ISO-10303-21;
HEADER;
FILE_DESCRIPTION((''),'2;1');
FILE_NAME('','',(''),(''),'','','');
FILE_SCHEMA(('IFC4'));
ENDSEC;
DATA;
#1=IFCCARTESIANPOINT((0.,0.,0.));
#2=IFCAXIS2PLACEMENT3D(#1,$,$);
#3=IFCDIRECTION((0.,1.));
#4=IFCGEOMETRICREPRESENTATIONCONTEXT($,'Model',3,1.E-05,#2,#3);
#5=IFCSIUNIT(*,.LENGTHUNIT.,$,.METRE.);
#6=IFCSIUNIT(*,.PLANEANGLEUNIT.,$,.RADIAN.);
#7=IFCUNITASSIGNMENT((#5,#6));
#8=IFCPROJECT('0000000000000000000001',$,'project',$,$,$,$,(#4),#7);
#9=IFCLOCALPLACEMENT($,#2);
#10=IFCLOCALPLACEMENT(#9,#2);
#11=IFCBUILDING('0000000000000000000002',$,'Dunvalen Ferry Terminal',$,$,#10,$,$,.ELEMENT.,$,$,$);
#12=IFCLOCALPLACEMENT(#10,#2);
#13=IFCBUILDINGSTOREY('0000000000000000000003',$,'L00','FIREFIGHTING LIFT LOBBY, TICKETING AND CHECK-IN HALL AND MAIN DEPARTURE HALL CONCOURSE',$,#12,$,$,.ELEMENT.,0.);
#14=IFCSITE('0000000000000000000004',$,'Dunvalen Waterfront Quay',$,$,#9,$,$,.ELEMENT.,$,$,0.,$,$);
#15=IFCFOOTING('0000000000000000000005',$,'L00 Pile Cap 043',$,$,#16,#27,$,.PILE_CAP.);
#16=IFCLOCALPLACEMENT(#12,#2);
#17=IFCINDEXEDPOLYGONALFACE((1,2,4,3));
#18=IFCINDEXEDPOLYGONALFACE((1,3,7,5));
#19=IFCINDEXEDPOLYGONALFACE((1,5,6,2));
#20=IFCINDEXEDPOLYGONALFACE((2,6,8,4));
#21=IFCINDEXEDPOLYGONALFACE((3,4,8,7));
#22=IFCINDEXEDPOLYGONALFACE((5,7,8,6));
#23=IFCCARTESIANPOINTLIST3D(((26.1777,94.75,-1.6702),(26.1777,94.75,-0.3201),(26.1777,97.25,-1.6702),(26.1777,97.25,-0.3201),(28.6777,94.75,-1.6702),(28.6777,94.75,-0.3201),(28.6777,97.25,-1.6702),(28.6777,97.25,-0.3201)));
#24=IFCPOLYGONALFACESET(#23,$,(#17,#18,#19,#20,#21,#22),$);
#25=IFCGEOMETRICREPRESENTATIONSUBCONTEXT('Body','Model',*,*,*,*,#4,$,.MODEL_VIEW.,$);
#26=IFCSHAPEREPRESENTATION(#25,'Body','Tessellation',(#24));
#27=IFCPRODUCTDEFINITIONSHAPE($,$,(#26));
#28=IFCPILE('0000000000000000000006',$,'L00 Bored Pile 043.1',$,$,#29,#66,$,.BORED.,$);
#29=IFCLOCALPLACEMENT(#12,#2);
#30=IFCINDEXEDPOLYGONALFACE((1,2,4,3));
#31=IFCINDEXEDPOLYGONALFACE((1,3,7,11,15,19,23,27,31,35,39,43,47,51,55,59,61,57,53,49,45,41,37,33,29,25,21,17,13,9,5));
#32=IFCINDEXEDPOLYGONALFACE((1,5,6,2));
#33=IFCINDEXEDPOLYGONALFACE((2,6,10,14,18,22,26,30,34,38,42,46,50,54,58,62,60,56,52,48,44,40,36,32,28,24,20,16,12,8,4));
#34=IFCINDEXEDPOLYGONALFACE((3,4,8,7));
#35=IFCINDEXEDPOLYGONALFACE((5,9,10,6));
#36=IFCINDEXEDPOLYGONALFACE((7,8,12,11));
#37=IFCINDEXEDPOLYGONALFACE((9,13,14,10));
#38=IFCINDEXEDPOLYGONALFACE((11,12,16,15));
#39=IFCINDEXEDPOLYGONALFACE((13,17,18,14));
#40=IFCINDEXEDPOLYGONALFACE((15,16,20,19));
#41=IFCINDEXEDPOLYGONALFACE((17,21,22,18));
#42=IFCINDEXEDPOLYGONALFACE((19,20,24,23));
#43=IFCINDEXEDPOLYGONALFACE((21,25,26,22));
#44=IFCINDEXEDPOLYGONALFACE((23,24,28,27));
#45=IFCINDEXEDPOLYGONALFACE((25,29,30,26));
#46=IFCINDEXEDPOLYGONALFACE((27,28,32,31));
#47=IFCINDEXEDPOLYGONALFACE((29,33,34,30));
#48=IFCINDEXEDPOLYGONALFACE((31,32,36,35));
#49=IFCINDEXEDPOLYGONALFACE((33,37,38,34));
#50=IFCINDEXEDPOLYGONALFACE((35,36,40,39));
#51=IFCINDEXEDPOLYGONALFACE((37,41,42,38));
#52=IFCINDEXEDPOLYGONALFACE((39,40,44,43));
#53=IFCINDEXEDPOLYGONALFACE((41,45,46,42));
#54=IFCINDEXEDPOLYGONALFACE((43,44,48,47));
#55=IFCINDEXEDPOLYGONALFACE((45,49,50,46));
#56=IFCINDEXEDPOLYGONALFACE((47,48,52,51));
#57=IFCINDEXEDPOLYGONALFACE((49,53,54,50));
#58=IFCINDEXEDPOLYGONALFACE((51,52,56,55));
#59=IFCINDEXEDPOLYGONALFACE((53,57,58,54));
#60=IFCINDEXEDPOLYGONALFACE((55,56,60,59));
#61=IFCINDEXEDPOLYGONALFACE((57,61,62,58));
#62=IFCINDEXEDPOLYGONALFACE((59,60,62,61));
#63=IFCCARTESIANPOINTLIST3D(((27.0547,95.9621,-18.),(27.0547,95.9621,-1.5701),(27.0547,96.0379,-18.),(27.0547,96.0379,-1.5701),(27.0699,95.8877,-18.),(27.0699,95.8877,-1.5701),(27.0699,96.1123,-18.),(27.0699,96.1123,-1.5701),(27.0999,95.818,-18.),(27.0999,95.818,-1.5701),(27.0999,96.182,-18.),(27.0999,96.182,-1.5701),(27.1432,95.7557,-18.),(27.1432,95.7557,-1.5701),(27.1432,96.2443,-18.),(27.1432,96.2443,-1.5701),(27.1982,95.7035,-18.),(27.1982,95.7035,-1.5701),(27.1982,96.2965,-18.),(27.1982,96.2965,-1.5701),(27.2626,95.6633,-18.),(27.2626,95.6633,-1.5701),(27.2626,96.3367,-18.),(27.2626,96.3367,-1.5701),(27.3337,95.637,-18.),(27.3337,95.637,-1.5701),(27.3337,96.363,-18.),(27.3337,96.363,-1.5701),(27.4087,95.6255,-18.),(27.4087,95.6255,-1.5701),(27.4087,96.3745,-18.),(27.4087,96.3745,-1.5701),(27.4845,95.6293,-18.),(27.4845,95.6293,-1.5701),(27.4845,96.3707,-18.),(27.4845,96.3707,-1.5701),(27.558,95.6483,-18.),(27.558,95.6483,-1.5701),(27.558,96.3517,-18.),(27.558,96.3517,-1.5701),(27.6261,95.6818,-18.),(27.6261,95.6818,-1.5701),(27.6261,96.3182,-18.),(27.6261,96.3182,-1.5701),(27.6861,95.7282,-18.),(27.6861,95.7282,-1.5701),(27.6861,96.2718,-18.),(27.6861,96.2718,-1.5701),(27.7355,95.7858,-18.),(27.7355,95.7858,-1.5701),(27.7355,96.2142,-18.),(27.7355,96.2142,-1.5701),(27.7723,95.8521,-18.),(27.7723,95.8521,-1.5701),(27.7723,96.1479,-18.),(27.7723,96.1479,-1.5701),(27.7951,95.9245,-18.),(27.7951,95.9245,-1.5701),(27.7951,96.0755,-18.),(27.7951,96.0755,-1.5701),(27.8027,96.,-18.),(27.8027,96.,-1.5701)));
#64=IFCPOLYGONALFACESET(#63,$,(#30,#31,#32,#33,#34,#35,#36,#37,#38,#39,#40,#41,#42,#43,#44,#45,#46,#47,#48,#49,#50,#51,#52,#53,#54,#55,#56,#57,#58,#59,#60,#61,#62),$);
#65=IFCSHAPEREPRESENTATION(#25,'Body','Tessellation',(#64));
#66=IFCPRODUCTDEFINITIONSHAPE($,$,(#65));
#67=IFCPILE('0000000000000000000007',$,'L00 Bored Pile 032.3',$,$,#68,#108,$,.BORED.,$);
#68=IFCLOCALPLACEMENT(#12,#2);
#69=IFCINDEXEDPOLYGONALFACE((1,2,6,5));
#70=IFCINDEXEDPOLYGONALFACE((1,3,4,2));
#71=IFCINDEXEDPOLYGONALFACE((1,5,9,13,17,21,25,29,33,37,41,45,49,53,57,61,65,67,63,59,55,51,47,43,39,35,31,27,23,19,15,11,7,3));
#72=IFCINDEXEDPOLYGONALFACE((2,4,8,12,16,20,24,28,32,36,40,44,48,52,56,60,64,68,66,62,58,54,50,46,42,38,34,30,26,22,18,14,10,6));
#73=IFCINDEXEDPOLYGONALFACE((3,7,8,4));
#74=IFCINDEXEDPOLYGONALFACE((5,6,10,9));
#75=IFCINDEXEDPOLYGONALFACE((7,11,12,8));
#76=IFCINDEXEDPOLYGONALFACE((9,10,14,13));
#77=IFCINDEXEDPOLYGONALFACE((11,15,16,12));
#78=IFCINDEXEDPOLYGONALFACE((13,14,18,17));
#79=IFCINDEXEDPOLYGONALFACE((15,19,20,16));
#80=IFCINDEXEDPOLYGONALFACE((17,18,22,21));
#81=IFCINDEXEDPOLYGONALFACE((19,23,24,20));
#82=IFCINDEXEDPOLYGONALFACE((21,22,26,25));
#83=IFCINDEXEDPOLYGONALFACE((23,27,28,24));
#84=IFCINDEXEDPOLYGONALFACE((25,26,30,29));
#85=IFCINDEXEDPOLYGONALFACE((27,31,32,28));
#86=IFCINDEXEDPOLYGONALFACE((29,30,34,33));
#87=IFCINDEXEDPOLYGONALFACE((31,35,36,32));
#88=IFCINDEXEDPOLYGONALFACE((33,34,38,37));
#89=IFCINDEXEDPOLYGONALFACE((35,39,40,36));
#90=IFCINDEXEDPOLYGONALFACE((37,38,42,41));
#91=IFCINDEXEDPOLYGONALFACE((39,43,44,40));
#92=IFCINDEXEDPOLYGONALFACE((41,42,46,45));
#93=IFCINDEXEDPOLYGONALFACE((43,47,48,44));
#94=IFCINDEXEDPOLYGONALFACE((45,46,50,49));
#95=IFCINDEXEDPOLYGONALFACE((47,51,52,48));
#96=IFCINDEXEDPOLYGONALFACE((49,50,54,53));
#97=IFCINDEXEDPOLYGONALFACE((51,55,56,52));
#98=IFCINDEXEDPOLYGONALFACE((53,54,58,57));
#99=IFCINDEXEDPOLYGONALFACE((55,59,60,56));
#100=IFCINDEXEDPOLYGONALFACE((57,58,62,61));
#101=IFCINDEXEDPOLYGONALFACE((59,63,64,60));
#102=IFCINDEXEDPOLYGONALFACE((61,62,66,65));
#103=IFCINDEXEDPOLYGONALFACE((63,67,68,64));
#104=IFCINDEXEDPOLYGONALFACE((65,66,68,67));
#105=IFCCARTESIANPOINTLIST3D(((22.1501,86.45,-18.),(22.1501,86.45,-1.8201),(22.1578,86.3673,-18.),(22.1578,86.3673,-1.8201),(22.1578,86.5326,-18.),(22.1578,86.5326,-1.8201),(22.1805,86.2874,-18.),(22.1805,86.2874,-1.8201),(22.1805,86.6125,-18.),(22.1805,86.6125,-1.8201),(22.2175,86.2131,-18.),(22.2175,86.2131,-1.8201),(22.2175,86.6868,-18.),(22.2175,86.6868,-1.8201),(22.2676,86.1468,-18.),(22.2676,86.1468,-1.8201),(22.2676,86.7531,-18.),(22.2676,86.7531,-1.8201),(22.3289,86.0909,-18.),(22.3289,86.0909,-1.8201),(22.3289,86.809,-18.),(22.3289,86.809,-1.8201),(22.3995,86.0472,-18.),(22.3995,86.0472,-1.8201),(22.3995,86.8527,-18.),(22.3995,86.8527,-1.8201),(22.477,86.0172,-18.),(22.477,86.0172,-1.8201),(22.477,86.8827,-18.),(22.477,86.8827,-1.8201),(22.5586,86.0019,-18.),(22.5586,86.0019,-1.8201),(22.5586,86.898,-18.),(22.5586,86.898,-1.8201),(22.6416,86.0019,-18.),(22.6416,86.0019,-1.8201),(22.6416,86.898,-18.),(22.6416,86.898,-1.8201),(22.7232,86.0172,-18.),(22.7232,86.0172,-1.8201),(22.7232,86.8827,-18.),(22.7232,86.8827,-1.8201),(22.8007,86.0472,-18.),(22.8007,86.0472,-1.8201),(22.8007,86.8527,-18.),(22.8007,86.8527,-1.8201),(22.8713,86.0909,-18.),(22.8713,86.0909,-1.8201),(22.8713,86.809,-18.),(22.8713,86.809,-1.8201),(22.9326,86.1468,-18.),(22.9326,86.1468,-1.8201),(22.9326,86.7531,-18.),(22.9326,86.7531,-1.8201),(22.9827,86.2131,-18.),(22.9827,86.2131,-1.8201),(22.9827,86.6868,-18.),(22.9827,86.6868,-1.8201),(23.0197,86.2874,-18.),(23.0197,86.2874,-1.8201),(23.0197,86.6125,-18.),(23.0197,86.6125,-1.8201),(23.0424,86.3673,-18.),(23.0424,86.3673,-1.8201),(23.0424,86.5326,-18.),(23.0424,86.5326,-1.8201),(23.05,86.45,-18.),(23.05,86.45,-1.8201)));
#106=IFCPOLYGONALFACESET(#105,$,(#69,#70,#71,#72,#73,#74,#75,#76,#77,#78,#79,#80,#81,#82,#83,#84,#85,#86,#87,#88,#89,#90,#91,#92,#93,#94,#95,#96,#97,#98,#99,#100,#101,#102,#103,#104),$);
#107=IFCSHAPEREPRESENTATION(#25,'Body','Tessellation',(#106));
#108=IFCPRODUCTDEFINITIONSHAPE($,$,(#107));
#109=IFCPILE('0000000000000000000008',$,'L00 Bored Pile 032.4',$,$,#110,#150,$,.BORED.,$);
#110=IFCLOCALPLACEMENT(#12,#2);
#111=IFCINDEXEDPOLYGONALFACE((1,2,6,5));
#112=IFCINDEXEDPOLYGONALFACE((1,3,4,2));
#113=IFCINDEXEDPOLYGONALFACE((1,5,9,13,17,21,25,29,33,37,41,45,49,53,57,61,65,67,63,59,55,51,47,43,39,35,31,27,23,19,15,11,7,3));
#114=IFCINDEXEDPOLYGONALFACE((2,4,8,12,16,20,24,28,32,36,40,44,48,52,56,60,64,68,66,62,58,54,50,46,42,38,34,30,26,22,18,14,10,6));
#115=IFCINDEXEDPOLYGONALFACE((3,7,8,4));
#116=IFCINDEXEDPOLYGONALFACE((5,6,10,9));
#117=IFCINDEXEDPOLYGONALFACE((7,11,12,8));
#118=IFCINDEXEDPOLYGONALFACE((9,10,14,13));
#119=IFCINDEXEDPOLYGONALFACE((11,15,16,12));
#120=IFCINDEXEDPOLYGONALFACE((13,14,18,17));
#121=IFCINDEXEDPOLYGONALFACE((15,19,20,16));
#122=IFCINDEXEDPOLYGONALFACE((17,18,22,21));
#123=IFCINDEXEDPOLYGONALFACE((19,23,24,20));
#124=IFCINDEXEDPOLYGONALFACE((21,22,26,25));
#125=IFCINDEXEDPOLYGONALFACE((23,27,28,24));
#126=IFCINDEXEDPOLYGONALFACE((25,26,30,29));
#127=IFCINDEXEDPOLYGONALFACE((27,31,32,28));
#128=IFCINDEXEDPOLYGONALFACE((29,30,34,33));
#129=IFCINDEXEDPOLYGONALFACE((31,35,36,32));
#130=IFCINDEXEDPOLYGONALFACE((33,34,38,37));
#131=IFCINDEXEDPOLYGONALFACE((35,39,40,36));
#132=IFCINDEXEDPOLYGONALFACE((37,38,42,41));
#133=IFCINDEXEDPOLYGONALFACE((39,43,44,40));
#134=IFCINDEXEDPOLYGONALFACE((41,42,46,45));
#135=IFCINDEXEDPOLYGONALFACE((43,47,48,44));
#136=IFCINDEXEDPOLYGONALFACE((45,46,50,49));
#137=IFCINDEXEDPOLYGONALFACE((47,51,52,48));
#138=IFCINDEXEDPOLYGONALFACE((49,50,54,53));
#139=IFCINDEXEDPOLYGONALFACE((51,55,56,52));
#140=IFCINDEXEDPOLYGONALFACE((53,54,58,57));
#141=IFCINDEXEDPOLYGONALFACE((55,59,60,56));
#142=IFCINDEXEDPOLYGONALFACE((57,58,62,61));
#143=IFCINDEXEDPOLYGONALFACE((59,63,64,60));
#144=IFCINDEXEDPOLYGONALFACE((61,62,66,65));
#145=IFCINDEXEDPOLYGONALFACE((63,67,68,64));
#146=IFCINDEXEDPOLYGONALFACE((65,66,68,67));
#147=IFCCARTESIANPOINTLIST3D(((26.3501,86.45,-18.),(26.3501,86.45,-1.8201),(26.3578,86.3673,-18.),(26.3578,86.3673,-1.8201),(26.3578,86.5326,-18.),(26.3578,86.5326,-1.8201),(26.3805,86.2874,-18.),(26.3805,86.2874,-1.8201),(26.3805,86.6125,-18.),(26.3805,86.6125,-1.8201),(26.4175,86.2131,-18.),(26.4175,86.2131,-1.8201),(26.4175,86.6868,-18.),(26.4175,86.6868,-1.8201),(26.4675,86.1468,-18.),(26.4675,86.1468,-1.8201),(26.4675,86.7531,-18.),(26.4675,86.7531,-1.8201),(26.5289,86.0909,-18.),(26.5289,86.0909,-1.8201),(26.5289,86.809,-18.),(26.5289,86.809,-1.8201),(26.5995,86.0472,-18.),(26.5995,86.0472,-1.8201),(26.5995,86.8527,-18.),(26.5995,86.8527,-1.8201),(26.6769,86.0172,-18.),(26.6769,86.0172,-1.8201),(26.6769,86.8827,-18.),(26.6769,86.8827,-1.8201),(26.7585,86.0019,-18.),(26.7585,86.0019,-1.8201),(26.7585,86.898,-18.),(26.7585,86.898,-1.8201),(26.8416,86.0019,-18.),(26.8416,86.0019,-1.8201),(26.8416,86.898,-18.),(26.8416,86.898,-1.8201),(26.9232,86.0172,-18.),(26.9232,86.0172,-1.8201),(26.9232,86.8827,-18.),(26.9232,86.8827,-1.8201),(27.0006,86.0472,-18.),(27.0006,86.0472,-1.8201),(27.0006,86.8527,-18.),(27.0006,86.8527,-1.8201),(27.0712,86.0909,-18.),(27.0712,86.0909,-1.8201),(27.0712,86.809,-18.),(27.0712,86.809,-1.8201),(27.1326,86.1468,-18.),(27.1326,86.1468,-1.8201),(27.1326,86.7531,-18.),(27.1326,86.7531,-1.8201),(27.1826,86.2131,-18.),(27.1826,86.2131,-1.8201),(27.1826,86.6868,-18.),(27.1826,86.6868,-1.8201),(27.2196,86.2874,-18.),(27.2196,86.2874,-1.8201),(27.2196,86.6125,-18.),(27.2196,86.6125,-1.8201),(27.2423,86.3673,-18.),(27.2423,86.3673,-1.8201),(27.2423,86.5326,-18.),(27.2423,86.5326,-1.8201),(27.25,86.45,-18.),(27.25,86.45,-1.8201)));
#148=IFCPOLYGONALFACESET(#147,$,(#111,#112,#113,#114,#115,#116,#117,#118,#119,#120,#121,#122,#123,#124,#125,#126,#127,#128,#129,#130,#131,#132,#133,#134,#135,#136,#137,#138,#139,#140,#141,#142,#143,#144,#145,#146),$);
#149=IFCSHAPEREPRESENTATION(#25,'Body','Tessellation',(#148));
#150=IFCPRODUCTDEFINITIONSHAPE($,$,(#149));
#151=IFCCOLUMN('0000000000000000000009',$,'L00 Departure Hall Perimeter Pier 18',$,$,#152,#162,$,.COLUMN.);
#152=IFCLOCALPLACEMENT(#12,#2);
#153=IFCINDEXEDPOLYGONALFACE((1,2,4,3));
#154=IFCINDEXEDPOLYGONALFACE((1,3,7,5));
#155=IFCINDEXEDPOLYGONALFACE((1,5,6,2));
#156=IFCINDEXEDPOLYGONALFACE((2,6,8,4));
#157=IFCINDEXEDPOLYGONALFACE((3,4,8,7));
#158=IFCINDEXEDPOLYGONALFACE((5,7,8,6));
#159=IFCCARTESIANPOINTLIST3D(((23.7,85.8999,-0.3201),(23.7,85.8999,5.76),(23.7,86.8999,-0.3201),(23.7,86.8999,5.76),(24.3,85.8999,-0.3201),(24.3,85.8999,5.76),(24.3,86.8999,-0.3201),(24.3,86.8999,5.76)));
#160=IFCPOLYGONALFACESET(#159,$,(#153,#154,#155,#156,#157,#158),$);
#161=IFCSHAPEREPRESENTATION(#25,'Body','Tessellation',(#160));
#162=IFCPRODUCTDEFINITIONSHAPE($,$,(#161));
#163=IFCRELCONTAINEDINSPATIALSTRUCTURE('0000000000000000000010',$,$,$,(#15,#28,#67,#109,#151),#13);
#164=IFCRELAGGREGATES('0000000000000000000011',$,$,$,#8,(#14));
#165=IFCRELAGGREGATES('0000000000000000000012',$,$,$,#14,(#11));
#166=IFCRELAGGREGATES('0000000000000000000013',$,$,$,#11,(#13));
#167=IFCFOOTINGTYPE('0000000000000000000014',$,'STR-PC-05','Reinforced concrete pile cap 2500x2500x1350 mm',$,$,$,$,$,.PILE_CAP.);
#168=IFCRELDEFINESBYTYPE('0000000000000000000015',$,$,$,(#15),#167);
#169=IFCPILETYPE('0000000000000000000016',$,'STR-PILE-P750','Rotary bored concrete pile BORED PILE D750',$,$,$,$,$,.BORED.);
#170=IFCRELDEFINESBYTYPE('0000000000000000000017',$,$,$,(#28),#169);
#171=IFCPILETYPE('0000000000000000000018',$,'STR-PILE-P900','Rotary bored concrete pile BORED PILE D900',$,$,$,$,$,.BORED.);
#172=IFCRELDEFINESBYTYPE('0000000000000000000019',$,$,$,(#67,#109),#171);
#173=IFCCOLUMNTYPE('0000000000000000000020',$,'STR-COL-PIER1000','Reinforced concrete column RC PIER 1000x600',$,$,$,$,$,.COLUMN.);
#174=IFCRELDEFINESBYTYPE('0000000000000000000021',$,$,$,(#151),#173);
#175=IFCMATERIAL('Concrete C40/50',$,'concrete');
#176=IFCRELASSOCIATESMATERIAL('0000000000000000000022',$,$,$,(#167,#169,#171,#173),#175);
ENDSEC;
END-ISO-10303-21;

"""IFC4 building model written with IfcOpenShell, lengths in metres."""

from ifc_helpers import new_model, si_unit, direction, frame, origin, origin_2d, place, context, subcontext, project, spatial, rectangle, circle, extrude, material, material_profile, profile_set, type_object, element, save


model = new_model("IFC4")

# Units and contexts
model_context = context("Model", 3, precision=1e-05, world=origin(), true_north=direction((0.0, 1.0)))
body_context = subcontext(model_context, "Body", "Model", "MODEL_VIEW")
ifc_project = project(units=[si_unit("LENGTHUNIT", "METRE"), si_unit("PLANEANGLEUNIT", "RADIAN")], contexts=[model_context])

# Site, building, storey
site_placement = place(None, origin())
site = spatial("IfcSite", under=ifc_project, at=site_placement, Name="Dunvalen Waterfront Quay", CompositionType="ELEMENT", RefElevation=0.0)
building_placement = place(site_placement, origin())
building = spatial("IfcBuilding", under=site, at=building_placement, Name="Dunvalen Ferry Terminal", CompositionType="ELEMENT")
storey_placement = place(building_placement, origin())
storey = spatial("IfcBuildingStorey", under=building, at=storey_placement, Name="L00", Description="FIREFIGHTING LIFT LOBBY, TICKETING AND CHECK-IN HALL AND MAIN DEPARTURE HALL CONCOURSE", CompositionType="ELEMENT", Elevation=0.0)

# Footing
ifc_material_1 = material(Name="Concrete C40/50", Category="concrete")
footing_type = type_object("IfcFootingType", Name="STR-PC-05", Description="Reinforced concrete pile cap 2500x2500x1350 mm", PredefinedType="PILE_CAP", material=ifc_material_1)
footing_placement = place(storey_placement, frame((27.4277, 96.0, -1.6702), z_axis=(0.0, 0.0, 1.0), x_axis=(1.0, 0.0, 0.0)))
element("IfcFooting", 1, at=footing_placement, inside=storey, type_object=footing_type, Name="L00 Pile Cap 043", PredefinedType="PILE_CAP", context=body_context, shape_type="SweptSolid", body=[
    extrude(rectangle(XDim=2.5, YDim=2.5, at=origin_2d()), origin(), (0.0, 0.0, 1.0), 1.3501),
])

# Piles
ifc_material_profile_1 = material_profile(ifc_material_1, circle(Radius=0.375, at=origin_2d()), Name="Concrete C40/50")
ifc_profile_set_1 = profile_set([ifc_material_profile_1], Name="Concrete C40/50")
pile_type_1 = type_object("IfcPileType", Name="STR-PILE-P750", Description="Rotary bored concrete pile BORED PILE D750", PredefinedType="BORED", material=ifc_profile_set_1)
pile_placement = place(storey_placement, frame((27.4277, 96.0, -1.5701), z_axis=(0.0, 0.0, -1.0), x_axis=(1.0, 0.0, 0.0)))
element("IfcPile", 2, at=pile_placement, inside=storey, type_object=pile_type_1, Name="L00 Bored Pile 043.1", PredefinedType="BORED", context=body_context, shape_type="SweptSolid", body=[
    extrude(circle(Radius=0.375, at=origin_2d()), origin(), (0.0, 0.0, 1.0), 16.4299),
])
ifc_material_profile_2 = material_profile(ifc_material_1, circle(Radius=0.45, at=origin_2d()), Name="Concrete C40/50")
ifc_profile_set_2 = profile_set([ifc_material_profile_2], Name="Concrete C40/50")
pile_type_2 = type_object("IfcPileType", Name="STR-PILE-P900", Description="Rotary bored concrete pile BORED PILE D900", PredefinedType="BORED", material=ifc_profile_set_2)
for number, where, z_axis, x_axis, name in (
    (3, (22.6001, 86.45, -1.8201), (0.0, 0.0, -1.0), (1.0, 0.0, 0.0), "L00 Bored Pile 032.3"),
    (4, (26.8, 86.45, -1.8201), (0.0, 0.0, -1.0), (1.0, 0.0, 0.0), "L00 Bored Pile 032.4"),
):
    element("IfcPile", number, at=place(storey_placement, frame(where, z_axis=z_axis, x_axis=x_axis)), inside=storey, type_object=pile_type_2, Name=name, PredefinedType="BORED", context=body_context, shape_type="SweptSolid", body=[
        extrude(circle(Radius=0.45, at=origin_2d()), origin(), (0.0, 0.0, 1.0), 16.1799),
    ])

# Column
ifc_material_profile_3 = material_profile(ifc_material_1, rectangle(XDim=0.6001, YDim=1.0, at=origin_2d()), Name="Concrete C40/50")
ifc_profile_set_3 = profile_set([ifc_material_profile_3], Name="Concrete C40/50")
column_type_1 = type_object("IfcColumnType", Name="STR-COL-PIER1000", Description="Reinforced concrete column RC PIER 1000x600", PredefinedType="COLUMN", material=ifc_profile_set_3)
column_1_placement = place(storey_placement, frame((24.0, 86.3999, -0.3201), z_axis=(0.0, 0.0, 1.0), x_axis=(1.0, 0.0, 0.0)))
element("IfcColumn", 5, at=column_1_placement, inside=storey, type_object=column_type_1, Name="L00 Departure Hall Perimeter Pier 18", PredefinedType="COLUMN", context=body_context, shape_type="SweptSolid", body=[
    extrude(rectangle(XDim=0.6001, YDim=1.0, at=origin_2d()), origin(), (0.0, 0.0, 1.0), 6.0801),
])

save(model, "model.ifc")
